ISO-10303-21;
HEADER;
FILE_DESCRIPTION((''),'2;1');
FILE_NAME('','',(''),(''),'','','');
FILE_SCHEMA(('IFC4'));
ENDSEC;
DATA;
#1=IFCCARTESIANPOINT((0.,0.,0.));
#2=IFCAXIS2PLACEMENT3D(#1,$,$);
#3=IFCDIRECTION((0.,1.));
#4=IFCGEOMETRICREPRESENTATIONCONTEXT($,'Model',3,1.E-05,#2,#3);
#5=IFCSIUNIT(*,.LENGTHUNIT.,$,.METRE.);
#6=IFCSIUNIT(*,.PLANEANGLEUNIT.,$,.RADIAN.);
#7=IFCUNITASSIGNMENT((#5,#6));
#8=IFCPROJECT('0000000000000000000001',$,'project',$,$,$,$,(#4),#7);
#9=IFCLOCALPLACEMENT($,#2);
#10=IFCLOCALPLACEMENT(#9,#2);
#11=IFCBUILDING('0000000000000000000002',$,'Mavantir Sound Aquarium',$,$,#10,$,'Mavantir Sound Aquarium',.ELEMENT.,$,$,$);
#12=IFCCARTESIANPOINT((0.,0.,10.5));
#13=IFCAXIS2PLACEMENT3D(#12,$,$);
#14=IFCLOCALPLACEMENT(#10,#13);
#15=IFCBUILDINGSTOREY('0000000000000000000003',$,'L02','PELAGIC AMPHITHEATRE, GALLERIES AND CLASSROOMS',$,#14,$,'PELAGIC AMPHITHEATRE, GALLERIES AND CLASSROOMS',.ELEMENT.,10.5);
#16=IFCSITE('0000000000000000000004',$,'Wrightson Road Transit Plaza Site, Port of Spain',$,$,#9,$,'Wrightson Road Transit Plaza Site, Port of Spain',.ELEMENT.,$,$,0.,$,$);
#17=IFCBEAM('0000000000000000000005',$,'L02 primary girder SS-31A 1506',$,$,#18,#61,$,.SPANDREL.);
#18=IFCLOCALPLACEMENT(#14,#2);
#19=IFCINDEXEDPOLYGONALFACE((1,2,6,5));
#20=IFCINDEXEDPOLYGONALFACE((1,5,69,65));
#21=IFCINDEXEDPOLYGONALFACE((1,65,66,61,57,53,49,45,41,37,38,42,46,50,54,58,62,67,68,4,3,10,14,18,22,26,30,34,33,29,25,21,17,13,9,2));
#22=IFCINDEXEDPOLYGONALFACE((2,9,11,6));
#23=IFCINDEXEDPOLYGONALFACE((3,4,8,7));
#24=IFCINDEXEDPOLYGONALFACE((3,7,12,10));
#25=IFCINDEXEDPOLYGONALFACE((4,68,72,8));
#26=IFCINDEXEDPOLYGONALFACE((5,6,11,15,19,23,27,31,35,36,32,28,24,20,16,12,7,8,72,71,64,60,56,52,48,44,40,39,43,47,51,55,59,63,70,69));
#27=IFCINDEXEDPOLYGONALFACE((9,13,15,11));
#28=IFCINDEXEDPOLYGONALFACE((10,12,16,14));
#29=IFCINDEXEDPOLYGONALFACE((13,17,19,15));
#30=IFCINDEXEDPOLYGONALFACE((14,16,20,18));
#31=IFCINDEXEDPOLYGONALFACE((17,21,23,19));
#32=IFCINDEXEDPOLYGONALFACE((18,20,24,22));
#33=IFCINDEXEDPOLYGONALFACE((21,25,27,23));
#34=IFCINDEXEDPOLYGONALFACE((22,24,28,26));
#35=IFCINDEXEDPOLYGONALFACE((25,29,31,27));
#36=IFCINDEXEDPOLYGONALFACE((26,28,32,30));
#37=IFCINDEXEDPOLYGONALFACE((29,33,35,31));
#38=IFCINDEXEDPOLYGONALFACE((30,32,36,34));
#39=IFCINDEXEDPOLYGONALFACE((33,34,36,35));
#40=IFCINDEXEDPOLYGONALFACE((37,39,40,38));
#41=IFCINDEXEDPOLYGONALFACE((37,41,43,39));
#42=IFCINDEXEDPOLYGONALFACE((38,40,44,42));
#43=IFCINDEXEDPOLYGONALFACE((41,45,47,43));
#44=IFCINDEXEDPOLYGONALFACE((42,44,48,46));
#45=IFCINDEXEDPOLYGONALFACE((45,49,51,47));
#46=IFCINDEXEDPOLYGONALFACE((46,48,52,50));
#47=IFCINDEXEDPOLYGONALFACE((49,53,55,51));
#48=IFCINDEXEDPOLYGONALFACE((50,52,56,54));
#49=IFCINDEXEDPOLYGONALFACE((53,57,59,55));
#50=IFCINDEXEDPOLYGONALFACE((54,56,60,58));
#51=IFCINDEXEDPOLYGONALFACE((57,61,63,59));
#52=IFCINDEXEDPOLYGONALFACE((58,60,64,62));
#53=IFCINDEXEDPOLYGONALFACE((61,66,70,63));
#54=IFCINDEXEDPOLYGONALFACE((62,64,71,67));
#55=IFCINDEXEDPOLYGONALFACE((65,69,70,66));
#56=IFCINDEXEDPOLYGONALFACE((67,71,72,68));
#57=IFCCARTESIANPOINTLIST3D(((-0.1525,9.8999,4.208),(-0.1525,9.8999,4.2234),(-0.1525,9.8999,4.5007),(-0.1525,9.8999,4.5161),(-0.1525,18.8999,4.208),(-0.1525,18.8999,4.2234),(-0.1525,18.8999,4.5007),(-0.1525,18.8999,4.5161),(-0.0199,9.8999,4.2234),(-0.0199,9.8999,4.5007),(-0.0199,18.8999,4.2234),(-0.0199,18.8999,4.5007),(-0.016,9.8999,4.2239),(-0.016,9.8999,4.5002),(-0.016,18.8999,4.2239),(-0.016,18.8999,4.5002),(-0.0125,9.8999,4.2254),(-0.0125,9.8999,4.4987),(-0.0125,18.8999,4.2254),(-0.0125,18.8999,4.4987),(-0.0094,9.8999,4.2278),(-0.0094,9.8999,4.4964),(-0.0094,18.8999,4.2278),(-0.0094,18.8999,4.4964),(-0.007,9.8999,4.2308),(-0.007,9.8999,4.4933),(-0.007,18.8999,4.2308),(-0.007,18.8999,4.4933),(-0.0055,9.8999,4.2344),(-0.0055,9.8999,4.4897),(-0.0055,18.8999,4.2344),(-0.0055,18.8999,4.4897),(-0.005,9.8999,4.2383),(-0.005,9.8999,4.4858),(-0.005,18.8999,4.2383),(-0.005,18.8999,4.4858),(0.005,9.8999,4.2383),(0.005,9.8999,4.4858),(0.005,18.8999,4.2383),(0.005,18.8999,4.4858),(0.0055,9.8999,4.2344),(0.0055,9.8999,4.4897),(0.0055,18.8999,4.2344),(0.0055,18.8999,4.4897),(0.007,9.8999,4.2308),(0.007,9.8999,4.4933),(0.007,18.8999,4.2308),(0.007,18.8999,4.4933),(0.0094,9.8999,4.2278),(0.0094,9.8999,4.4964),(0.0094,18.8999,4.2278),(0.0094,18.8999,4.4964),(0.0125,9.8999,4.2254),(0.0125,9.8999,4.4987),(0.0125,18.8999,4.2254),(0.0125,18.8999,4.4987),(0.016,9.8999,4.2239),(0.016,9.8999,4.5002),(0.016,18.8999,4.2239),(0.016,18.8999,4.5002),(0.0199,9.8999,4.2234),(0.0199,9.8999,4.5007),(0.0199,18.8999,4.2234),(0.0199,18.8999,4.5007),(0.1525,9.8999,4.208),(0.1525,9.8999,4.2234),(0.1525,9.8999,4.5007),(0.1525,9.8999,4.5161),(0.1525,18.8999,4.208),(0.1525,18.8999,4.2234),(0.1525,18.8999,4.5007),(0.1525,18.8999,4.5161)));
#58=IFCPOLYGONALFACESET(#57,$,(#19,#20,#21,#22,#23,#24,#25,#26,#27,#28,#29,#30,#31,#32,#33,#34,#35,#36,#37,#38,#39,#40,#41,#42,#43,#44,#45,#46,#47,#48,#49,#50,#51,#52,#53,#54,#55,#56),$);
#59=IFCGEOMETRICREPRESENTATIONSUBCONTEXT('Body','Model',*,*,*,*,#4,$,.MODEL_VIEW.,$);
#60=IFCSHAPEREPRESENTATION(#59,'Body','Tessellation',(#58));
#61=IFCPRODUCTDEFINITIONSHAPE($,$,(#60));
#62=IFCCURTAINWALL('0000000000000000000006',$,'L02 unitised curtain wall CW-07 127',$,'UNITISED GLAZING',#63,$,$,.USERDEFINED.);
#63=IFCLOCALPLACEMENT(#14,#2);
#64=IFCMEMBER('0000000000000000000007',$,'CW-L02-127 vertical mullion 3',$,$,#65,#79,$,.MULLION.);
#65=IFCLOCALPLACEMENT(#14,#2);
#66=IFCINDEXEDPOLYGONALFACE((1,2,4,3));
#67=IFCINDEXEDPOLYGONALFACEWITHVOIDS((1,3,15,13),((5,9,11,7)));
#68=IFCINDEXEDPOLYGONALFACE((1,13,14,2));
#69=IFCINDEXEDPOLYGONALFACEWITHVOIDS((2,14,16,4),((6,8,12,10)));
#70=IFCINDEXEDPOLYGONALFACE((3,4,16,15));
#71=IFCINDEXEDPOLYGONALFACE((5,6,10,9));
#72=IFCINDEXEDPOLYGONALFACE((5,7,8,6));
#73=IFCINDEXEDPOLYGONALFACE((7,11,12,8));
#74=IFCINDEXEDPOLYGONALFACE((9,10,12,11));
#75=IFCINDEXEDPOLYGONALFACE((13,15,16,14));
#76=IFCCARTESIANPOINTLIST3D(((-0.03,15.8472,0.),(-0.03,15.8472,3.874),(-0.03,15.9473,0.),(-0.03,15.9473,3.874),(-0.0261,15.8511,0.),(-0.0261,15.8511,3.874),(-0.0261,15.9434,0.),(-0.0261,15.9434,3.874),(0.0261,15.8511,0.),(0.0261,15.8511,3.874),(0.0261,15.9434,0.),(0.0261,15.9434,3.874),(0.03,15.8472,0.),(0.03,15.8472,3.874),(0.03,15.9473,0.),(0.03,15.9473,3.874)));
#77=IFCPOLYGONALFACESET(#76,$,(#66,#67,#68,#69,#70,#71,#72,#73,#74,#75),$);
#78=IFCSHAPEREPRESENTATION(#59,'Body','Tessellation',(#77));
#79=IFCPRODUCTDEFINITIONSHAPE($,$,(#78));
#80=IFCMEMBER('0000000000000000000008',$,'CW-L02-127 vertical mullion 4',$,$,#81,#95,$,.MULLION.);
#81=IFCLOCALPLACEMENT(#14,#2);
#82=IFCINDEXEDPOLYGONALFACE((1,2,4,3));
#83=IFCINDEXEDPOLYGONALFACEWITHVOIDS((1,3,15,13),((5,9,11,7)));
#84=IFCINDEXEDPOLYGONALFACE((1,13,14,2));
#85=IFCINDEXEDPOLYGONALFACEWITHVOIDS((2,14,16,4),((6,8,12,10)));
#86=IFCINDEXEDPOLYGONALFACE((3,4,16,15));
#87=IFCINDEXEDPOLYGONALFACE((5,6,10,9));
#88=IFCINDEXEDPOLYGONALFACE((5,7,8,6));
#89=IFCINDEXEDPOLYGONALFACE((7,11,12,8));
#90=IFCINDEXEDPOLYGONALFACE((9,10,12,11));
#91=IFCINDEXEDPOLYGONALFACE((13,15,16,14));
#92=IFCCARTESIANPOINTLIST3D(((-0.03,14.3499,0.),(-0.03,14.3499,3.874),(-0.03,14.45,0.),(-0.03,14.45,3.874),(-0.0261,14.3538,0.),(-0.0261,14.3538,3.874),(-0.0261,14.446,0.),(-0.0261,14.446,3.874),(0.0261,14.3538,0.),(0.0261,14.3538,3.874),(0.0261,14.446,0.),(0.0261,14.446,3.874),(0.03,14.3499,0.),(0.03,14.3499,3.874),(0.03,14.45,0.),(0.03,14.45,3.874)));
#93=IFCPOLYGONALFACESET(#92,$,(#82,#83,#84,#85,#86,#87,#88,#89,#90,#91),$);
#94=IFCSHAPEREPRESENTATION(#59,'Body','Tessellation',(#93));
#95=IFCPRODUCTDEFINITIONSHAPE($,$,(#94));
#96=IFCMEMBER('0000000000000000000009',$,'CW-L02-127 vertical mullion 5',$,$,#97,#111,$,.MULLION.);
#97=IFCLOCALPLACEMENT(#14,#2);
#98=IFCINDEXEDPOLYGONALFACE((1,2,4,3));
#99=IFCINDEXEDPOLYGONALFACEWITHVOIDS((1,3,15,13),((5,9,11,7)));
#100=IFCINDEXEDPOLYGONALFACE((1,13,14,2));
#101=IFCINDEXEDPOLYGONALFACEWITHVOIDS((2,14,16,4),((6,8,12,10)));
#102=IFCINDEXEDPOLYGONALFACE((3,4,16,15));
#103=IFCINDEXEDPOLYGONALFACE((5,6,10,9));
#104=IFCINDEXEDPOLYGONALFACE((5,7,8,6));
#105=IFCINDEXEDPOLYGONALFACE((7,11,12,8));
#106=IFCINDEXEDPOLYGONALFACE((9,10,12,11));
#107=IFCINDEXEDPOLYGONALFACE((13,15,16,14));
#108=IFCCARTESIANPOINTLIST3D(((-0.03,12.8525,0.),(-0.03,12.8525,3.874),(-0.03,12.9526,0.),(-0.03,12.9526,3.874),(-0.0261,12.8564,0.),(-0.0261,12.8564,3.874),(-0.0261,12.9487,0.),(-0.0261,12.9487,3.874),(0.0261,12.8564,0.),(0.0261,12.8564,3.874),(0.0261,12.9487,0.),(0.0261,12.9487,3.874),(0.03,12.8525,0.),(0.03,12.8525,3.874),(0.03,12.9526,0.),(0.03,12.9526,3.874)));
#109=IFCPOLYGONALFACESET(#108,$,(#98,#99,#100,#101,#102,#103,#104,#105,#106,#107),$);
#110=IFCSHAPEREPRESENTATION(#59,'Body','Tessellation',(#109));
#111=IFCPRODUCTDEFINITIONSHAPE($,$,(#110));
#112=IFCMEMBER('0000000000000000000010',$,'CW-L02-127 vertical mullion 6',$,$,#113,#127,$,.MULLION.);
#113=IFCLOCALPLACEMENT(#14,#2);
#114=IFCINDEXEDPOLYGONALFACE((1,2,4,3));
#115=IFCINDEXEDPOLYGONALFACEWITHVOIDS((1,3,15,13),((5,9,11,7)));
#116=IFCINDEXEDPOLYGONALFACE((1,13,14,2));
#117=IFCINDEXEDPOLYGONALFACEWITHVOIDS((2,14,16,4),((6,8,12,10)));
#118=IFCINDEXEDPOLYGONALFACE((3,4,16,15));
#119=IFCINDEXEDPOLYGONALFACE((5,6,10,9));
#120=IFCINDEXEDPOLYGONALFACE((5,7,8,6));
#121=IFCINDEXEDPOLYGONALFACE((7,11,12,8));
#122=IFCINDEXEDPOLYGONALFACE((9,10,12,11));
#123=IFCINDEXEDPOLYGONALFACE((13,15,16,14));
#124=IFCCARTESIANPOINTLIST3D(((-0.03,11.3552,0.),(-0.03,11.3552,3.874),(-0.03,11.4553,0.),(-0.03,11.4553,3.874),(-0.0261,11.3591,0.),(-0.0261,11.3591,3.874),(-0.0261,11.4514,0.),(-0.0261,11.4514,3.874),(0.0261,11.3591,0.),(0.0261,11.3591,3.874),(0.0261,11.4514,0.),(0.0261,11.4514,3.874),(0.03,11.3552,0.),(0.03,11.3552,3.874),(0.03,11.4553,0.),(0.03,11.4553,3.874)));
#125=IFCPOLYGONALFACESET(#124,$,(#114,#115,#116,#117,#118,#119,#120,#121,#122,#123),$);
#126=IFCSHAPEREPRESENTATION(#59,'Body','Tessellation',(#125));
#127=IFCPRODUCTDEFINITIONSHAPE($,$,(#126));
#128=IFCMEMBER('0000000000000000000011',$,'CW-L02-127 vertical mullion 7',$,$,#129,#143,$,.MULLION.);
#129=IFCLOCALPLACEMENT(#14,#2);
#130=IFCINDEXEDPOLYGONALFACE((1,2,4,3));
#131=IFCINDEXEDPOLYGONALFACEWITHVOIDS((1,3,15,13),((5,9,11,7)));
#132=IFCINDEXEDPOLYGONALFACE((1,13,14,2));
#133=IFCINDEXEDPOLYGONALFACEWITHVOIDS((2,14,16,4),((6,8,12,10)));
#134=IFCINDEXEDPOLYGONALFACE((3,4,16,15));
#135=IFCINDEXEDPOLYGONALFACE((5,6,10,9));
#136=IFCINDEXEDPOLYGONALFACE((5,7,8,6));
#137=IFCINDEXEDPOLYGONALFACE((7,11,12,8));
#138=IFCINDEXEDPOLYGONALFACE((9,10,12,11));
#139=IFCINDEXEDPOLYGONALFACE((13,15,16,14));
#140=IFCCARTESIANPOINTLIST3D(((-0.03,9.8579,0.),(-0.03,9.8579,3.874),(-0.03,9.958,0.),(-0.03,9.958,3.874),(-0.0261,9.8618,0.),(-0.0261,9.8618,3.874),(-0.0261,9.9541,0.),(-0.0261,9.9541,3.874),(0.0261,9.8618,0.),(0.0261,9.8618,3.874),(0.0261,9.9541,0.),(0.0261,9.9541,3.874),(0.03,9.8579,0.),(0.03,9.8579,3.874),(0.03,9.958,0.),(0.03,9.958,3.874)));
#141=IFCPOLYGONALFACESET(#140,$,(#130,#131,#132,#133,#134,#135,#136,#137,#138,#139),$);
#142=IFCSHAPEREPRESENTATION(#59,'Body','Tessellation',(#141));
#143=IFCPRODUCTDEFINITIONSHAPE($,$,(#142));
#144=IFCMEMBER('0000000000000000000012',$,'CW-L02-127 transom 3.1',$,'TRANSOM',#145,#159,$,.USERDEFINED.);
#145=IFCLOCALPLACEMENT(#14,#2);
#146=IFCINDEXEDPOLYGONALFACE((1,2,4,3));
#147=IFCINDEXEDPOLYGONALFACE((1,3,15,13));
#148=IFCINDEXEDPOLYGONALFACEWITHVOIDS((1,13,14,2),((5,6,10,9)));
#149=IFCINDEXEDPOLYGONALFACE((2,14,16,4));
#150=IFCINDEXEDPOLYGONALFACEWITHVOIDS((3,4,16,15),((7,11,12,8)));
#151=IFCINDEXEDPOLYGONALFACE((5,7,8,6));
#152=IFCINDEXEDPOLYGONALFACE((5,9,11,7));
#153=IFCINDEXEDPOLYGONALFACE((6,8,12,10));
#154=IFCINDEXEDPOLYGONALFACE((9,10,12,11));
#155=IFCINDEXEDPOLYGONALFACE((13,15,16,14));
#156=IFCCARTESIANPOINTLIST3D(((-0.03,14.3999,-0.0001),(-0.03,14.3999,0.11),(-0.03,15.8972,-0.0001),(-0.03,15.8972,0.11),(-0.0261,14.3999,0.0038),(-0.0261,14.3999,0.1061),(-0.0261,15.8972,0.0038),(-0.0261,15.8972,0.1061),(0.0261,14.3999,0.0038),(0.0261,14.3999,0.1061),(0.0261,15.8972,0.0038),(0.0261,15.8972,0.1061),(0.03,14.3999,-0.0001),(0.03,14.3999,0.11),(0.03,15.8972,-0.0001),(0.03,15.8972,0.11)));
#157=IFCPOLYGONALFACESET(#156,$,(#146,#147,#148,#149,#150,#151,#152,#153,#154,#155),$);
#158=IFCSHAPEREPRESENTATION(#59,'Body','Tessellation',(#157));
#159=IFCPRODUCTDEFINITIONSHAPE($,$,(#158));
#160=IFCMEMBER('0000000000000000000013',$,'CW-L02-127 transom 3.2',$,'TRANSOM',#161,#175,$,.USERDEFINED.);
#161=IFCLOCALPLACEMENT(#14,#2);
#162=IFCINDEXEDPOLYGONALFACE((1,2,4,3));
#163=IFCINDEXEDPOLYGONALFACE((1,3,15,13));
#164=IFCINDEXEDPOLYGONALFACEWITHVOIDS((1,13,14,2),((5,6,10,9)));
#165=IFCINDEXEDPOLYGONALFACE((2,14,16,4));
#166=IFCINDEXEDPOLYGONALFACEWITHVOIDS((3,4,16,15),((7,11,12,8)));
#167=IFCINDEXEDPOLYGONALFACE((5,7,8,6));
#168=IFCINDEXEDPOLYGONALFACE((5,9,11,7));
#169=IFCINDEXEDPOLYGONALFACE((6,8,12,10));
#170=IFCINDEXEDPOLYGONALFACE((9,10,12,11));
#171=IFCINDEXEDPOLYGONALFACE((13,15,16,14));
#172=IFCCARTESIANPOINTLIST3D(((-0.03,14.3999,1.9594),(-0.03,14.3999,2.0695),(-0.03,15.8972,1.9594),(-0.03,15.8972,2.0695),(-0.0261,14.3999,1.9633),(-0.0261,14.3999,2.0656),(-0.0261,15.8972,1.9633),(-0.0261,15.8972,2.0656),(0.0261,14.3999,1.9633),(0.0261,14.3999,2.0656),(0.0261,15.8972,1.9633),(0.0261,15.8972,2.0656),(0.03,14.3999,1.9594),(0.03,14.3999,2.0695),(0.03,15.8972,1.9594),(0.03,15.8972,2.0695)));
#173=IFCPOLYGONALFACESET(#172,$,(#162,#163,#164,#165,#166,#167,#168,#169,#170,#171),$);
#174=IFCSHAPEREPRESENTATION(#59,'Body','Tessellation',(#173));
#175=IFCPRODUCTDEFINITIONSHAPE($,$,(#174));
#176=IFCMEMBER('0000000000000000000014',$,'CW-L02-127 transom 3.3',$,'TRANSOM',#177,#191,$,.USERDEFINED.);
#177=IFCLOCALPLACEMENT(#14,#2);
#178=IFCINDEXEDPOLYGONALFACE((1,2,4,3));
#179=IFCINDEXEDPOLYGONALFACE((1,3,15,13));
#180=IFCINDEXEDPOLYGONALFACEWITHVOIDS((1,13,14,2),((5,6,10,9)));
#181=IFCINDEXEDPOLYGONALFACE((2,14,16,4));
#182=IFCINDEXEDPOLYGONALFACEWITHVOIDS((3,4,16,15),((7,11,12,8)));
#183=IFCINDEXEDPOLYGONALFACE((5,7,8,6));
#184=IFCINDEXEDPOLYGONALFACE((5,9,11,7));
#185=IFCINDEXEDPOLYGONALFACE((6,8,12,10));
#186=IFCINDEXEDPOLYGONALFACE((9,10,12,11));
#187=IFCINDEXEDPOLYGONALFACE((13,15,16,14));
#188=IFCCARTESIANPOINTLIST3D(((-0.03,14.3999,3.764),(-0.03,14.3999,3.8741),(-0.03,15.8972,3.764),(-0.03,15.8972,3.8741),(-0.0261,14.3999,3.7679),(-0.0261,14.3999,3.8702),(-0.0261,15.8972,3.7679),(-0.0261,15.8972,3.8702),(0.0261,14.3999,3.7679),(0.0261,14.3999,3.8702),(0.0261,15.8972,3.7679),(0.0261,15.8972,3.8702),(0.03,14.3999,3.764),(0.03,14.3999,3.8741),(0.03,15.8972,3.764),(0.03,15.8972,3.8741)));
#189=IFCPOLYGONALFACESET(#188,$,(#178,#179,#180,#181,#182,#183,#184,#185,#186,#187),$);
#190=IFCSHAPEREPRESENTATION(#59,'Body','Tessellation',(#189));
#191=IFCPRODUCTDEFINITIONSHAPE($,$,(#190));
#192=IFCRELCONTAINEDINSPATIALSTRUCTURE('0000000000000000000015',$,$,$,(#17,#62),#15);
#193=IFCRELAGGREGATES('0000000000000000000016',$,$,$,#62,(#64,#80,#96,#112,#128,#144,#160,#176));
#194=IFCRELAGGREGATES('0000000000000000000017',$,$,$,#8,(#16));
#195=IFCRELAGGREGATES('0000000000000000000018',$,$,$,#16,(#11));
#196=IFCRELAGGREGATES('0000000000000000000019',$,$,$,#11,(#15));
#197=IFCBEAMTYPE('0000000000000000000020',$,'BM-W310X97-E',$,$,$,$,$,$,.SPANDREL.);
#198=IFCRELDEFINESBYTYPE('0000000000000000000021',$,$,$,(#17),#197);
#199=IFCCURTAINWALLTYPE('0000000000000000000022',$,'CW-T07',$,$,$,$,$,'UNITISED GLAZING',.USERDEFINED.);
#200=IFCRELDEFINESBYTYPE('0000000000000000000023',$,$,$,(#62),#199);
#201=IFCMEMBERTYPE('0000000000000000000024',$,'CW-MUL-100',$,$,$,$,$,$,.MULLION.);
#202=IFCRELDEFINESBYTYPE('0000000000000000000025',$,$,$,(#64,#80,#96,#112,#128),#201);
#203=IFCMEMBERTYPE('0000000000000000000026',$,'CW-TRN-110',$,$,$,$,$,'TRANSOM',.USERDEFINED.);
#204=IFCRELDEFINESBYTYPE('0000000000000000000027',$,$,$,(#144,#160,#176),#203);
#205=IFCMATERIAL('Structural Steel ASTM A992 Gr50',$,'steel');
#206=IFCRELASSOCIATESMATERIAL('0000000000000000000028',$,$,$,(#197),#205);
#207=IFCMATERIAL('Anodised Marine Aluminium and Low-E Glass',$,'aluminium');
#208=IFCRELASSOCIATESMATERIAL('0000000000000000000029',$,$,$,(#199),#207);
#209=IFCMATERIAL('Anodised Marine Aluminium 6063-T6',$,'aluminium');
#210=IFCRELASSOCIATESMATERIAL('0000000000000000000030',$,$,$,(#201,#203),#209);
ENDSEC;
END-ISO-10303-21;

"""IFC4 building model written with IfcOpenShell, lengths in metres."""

from ifc_helpers import new_model, si_unit, direction, frame, origin, origin_2d, place, context, subcontext, project, spatial, hollow_rectangle, i_section, extrude, material, material_profile, profile_set, type_object, element, aggregate, save


model = new_model("IFC4")

# Units and contexts
model_context = context("Model", 3, precision=1e-05, world=origin(), true_north=direction((0.0, 1.0)))
body_context = subcontext(model_context, "Body", "Model", "MODEL_VIEW")
ifc_project = project(units=[si_unit("LENGTHUNIT", "METRE"), si_unit("PLANEANGLEUNIT", "RADIAN")], contexts=[model_context])

# Site, building, storey
site_placement = place(None, origin())
site = spatial("IfcSite", under=ifc_project, at=site_placement, Name="Wrightson Road Transit Plaza Site, Port of Spain", LongName="Wrightson Road Transit Plaza Site, Port of Spain", CompositionType="ELEMENT", RefElevation=0.0)
building_placement = place(site_placement, origin())
building = spatial("IfcBuilding", under=site, at=building_placement, Name="Mavantir Sound Aquarium", LongName="Mavantir Sound Aquarium", CompositionType="ELEMENT")
storey_placement = place(building_placement, frame((0.0, 0.0, 10.5)))
storey = spatial("IfcBuildingStorey", under=building, at=storey_placement, Name="L02", Description="PELAGIC AMPHITHEATRE, GALLERIES AND CLASSROOMS", LongName="PELAGIC AMPHITHEATRE, GALLERIES AND CLASSROOMS", CompositionType="ELEMENT", Elevation=10.5)

# Beam
ifc_material_1 = material(Name="Structural Steel ASTM A992 Gr50", Category="steel")
ifc_material_profile_1 = material_profile(ifc_material_1, i_section(OverallWidth=0.3049, OverallDepth=0.3081, WebThickness=0.01, FlangeThickness=0.0154, FilletRadius=0.0149, at=origin_2d()), Name="W310X97")
ifc_profile_set_1 = profile_set([ifc_material_profile_1], Name="Structural Steel ASTM A992 Gr50")
beam_type = type_object("IfcBeamType", Name="BM-W310X97-E", PredefinedType="SPANDREL", material=ifc_profile_set_1)
beam_placement = place(storey_placement, frame((0.0, 9.8999, 4.3621), z_axis=(0.0, 1.0, 0.0), x_axis=(-1.0, 0.0, 0.0)))
element("IfcBeam", 1, at=beam_placement, inside=storey, type_object=beam_type, Name="L02 primary girder SS-31A 1506", PredefinedType="SPANDREL", context=body_context, shape_type="SweptSolid", body=[
    extrude(i_section(OverallWidth=0.3049, OverallDepth=0.3081, WebThickness=0.01, FlangeThickness=0.0154, FilletRadius=0.0149, at=origin_2d()), origin(), (0.0, 0.0, 1.0), 9.0),
])

# Curtain wall, members
ifc_material_2 = material(Name="Anodised Marine Aluminium and Low-E Glass", Category="aluminium")
curtain_wall_type = type_object("IfcCurtainWallType", Name="CW-T07", ElementType="UNITISED GLAZING", PredefinedType="USERDEFINED", material=ifc_material_2)
curtain_wall_placement = place(storey_placement, origin())
curtain_wall = element("IfcCurtainWall", 2, at=curtain_wall_placement, inside=storey, type_object=curtain_wall_type, Name="L02 unitised curtain wall CW-07 127", ObjectType="UNITISED GLAZING", PredefinedType="USERDEFINED")
ifc_material_3 = material(Name="Anodised Marine Aluminium 6063-T6", Category="aluminium")
ifc_material_profile_2 = material_profile(ifc_material_3, hollow_rectangle(XDim=0.0601, YDim=0.1001, WallThickness=0.0039, at=origin_2d()), Name="ALU-MULLION-100X60")
ifc_profile_set_2 = profile_set([ifc_material_profile_2], Name="Anodised Marine Aluminium 6063-T6")
member_type_1 = type_object("IfcMemberType", Name="CW-MUL-100", PredefinedType="MULLION", material=ifc_profile_set_2)
member_1_placement = place(storey_placement, frame((0.0, 15.8972, 0.0), z_axis=(0.0, 0.0, 1.0), x_axis=(1.0, 0.0, 0.0)))
member_1 = element("IfcMember", 3, at=member_1_placement, type_object=member_type_1, Name="CW-L02-127 vertical mullion 3", PredefinedType="MULLION", context=body_context, shape_type="SweptSolid", body=[
    extrude(hollow_rectangle(XDim=0.0601, YDim=0.1001, WallThickness=0.0039, at=origin_2d()), origin(), (0.0, 0.0, 1.0), 3.874),
])
member_2_placement = place(storey_placement, frame((0.0, 14.3999, 0.0), z_axis=(0.0, 0.0, 1.0), x_axis=(1.0, 0.0, 0.0)))
member_2 = element("IfcMember", 4, at=member_2_placement, type_object=member_type_1, Name="CW-L02-127 vertical mullion 4", PredefinedType="MULLION", context=body_context, shape_type="SweptSolid", body=[
    extrude(hollow_rectangle(XDim=0.0601, YDim=0.1001, WallThickness=0.0039, at=origin_2d()), origin(), (0.0, 0.0, 1.0), 3.874),
])
member_3_placement = place(storey_placement, frame((0.0, 12.9026, 0.0), z_axis=(0.0, 0.0, 1.0), x_axis=(1.0, 0.0, 0.0)))
member_3 = element("IfcMember", 5, at=member_3_placement, type_object=member_type_1, Name="CW-L02-127 vertical mullion 5", PredefinedType="MULLION", context=body_context, shape_type="SweptSolid", body=[
    extrude(hollow_rectangle(XDim=0.0601, YDim=0.1001, WallThickness=0.0039, at=origin_2d()), origin(), (0.0, 0.0, 1.0), 3.874),
])
member_4_placement = place(storey_placement, frame((0.0, 11.4053, 0.0), z_axis=(0.0, 0.0, 1.0), x_axis=(1.0, 0.0, 0.0)))
member_4 = element("IfcMember", 6, at=member_4_placement, type_object=member_type_1, Name="CW-L02-127 vertical mullion 6", PredefinedType="MULLION", context=body_context, shape_type="SweptSolid", body=[
    extrude(hollow_rectangle(XDim=0.0601, YDim=0.1001, WallThickness=0.0039, at=origin_2d()), origin(), (0.0, 0.0, 1.0), 3.874),
])
member_5_placement = place(storey_placement, frame((0.0, 9.908, 0.0), z_axis=(0.0, 0.0, 1.0), x_axis=(1.0, 0.0, 0.0)))
member_5 = element("IfcMember", 7, at=member_5_placement, type_object=member_type_1, Name="CW-L02-127 vertical mullion 7", PredefinedType="MULLION", context=body_context, shape_type="SweptSolid", body=[
    extrude(hollow_rectangle(XDim=0.0601, YDim=0.1001, WallThickness=0.0039, at=origin_2d()), origin(), (0.0, 0.0, 1.0), 3.874),
])
ifc_material_profile_3 = material_profile(ifc_material_3, hollow_rectangle(XDim=0.0601, YDim=0.1101, WallThickness=0.0039, at=origin_2d()), Name="ALU-TRANSOM-110X60")
ifc_profile_set_3 = profile_set([ifc_material_profile_3], Name="Anodised Marine Aluminium 6063-T6")
member_type_2 = type_object("IfcMemberType", Name="CW-TRN-110", ElementType="TRANSOM", PredefinedType="USERDEFINED", material=ifc_profile_set_3)
member_6_placement = place(storey_placement, frame((0.0, 15.8972, 0.0549), z_axis=(0.0, -1.0, 0.0), x_axis=(1.0, 0.0, 0.0)))
member_6 = element("IfcMember", 8, at=member_6_placement, type_object=member_type_2, Name="CW-L02-127 transom 3.1", ObjectType="TRANSOM", PredefinedType="USERDEFINED", context=body_context, shape_type="SweptSolid", body=[
    extrude(hollow_rectangle(XDim=0.0601, YDim=0.1101, WallThickness=0.0039, at=origin_2d()), origin(), (0.0, 0.0, 1.0), 1.4973),
])
member_7_placement = place(storey_placement, frame((0.0, 15.8972, 2.0144), z_axis=(0.0, -1.0, 0.0), x_axis=(1.0, 0.0, 0.0)))
member_7 = element("IfcMember", 9, at=member_7_placement, type_object=member_type_2, Name="CW-L02-127 transom 3.2", ObjectType="TRANSOM", PredefinedType="USERDEFINED", context=body_context, shape_type="SweptSolid", body=[
    extrude(hollow_rectangle(XDim=0.0601, YDim=0.1101, WallThickness=0.0039, at=origin_2d()), origin(), (0.0, 0.0, 1.0), 1.4973),
])
member_8_placement = place(storey_placement, frame((0.0, 15.8972, 3.8191), z_axis=(0.0, -1.0, 0.0), x_axis=(1.0, 0.0, 0.0)))
member_8 = element("IfcMember", 10, at=member_8_placement, type_object=member_type_2, Name="CW-L02-127 transom 3.3", ObjectType="TRANSOM", PredefinedType="USERDEFINED", context=body_context, shape_type="SweptSolid", body=[
    extrude(hollow_rectangle(XDim=0.0601, YDim=0.1101, WallThickness=0.0039, at=origin_2d()), origin(), (0.0, 0.0, 1.0), 1.4973),
])
aggregate(curtain_wall, [member_1, member_2, member_3, member_4, member_5, member_6, member_7, member_8])

save(model, "model.ifc")
